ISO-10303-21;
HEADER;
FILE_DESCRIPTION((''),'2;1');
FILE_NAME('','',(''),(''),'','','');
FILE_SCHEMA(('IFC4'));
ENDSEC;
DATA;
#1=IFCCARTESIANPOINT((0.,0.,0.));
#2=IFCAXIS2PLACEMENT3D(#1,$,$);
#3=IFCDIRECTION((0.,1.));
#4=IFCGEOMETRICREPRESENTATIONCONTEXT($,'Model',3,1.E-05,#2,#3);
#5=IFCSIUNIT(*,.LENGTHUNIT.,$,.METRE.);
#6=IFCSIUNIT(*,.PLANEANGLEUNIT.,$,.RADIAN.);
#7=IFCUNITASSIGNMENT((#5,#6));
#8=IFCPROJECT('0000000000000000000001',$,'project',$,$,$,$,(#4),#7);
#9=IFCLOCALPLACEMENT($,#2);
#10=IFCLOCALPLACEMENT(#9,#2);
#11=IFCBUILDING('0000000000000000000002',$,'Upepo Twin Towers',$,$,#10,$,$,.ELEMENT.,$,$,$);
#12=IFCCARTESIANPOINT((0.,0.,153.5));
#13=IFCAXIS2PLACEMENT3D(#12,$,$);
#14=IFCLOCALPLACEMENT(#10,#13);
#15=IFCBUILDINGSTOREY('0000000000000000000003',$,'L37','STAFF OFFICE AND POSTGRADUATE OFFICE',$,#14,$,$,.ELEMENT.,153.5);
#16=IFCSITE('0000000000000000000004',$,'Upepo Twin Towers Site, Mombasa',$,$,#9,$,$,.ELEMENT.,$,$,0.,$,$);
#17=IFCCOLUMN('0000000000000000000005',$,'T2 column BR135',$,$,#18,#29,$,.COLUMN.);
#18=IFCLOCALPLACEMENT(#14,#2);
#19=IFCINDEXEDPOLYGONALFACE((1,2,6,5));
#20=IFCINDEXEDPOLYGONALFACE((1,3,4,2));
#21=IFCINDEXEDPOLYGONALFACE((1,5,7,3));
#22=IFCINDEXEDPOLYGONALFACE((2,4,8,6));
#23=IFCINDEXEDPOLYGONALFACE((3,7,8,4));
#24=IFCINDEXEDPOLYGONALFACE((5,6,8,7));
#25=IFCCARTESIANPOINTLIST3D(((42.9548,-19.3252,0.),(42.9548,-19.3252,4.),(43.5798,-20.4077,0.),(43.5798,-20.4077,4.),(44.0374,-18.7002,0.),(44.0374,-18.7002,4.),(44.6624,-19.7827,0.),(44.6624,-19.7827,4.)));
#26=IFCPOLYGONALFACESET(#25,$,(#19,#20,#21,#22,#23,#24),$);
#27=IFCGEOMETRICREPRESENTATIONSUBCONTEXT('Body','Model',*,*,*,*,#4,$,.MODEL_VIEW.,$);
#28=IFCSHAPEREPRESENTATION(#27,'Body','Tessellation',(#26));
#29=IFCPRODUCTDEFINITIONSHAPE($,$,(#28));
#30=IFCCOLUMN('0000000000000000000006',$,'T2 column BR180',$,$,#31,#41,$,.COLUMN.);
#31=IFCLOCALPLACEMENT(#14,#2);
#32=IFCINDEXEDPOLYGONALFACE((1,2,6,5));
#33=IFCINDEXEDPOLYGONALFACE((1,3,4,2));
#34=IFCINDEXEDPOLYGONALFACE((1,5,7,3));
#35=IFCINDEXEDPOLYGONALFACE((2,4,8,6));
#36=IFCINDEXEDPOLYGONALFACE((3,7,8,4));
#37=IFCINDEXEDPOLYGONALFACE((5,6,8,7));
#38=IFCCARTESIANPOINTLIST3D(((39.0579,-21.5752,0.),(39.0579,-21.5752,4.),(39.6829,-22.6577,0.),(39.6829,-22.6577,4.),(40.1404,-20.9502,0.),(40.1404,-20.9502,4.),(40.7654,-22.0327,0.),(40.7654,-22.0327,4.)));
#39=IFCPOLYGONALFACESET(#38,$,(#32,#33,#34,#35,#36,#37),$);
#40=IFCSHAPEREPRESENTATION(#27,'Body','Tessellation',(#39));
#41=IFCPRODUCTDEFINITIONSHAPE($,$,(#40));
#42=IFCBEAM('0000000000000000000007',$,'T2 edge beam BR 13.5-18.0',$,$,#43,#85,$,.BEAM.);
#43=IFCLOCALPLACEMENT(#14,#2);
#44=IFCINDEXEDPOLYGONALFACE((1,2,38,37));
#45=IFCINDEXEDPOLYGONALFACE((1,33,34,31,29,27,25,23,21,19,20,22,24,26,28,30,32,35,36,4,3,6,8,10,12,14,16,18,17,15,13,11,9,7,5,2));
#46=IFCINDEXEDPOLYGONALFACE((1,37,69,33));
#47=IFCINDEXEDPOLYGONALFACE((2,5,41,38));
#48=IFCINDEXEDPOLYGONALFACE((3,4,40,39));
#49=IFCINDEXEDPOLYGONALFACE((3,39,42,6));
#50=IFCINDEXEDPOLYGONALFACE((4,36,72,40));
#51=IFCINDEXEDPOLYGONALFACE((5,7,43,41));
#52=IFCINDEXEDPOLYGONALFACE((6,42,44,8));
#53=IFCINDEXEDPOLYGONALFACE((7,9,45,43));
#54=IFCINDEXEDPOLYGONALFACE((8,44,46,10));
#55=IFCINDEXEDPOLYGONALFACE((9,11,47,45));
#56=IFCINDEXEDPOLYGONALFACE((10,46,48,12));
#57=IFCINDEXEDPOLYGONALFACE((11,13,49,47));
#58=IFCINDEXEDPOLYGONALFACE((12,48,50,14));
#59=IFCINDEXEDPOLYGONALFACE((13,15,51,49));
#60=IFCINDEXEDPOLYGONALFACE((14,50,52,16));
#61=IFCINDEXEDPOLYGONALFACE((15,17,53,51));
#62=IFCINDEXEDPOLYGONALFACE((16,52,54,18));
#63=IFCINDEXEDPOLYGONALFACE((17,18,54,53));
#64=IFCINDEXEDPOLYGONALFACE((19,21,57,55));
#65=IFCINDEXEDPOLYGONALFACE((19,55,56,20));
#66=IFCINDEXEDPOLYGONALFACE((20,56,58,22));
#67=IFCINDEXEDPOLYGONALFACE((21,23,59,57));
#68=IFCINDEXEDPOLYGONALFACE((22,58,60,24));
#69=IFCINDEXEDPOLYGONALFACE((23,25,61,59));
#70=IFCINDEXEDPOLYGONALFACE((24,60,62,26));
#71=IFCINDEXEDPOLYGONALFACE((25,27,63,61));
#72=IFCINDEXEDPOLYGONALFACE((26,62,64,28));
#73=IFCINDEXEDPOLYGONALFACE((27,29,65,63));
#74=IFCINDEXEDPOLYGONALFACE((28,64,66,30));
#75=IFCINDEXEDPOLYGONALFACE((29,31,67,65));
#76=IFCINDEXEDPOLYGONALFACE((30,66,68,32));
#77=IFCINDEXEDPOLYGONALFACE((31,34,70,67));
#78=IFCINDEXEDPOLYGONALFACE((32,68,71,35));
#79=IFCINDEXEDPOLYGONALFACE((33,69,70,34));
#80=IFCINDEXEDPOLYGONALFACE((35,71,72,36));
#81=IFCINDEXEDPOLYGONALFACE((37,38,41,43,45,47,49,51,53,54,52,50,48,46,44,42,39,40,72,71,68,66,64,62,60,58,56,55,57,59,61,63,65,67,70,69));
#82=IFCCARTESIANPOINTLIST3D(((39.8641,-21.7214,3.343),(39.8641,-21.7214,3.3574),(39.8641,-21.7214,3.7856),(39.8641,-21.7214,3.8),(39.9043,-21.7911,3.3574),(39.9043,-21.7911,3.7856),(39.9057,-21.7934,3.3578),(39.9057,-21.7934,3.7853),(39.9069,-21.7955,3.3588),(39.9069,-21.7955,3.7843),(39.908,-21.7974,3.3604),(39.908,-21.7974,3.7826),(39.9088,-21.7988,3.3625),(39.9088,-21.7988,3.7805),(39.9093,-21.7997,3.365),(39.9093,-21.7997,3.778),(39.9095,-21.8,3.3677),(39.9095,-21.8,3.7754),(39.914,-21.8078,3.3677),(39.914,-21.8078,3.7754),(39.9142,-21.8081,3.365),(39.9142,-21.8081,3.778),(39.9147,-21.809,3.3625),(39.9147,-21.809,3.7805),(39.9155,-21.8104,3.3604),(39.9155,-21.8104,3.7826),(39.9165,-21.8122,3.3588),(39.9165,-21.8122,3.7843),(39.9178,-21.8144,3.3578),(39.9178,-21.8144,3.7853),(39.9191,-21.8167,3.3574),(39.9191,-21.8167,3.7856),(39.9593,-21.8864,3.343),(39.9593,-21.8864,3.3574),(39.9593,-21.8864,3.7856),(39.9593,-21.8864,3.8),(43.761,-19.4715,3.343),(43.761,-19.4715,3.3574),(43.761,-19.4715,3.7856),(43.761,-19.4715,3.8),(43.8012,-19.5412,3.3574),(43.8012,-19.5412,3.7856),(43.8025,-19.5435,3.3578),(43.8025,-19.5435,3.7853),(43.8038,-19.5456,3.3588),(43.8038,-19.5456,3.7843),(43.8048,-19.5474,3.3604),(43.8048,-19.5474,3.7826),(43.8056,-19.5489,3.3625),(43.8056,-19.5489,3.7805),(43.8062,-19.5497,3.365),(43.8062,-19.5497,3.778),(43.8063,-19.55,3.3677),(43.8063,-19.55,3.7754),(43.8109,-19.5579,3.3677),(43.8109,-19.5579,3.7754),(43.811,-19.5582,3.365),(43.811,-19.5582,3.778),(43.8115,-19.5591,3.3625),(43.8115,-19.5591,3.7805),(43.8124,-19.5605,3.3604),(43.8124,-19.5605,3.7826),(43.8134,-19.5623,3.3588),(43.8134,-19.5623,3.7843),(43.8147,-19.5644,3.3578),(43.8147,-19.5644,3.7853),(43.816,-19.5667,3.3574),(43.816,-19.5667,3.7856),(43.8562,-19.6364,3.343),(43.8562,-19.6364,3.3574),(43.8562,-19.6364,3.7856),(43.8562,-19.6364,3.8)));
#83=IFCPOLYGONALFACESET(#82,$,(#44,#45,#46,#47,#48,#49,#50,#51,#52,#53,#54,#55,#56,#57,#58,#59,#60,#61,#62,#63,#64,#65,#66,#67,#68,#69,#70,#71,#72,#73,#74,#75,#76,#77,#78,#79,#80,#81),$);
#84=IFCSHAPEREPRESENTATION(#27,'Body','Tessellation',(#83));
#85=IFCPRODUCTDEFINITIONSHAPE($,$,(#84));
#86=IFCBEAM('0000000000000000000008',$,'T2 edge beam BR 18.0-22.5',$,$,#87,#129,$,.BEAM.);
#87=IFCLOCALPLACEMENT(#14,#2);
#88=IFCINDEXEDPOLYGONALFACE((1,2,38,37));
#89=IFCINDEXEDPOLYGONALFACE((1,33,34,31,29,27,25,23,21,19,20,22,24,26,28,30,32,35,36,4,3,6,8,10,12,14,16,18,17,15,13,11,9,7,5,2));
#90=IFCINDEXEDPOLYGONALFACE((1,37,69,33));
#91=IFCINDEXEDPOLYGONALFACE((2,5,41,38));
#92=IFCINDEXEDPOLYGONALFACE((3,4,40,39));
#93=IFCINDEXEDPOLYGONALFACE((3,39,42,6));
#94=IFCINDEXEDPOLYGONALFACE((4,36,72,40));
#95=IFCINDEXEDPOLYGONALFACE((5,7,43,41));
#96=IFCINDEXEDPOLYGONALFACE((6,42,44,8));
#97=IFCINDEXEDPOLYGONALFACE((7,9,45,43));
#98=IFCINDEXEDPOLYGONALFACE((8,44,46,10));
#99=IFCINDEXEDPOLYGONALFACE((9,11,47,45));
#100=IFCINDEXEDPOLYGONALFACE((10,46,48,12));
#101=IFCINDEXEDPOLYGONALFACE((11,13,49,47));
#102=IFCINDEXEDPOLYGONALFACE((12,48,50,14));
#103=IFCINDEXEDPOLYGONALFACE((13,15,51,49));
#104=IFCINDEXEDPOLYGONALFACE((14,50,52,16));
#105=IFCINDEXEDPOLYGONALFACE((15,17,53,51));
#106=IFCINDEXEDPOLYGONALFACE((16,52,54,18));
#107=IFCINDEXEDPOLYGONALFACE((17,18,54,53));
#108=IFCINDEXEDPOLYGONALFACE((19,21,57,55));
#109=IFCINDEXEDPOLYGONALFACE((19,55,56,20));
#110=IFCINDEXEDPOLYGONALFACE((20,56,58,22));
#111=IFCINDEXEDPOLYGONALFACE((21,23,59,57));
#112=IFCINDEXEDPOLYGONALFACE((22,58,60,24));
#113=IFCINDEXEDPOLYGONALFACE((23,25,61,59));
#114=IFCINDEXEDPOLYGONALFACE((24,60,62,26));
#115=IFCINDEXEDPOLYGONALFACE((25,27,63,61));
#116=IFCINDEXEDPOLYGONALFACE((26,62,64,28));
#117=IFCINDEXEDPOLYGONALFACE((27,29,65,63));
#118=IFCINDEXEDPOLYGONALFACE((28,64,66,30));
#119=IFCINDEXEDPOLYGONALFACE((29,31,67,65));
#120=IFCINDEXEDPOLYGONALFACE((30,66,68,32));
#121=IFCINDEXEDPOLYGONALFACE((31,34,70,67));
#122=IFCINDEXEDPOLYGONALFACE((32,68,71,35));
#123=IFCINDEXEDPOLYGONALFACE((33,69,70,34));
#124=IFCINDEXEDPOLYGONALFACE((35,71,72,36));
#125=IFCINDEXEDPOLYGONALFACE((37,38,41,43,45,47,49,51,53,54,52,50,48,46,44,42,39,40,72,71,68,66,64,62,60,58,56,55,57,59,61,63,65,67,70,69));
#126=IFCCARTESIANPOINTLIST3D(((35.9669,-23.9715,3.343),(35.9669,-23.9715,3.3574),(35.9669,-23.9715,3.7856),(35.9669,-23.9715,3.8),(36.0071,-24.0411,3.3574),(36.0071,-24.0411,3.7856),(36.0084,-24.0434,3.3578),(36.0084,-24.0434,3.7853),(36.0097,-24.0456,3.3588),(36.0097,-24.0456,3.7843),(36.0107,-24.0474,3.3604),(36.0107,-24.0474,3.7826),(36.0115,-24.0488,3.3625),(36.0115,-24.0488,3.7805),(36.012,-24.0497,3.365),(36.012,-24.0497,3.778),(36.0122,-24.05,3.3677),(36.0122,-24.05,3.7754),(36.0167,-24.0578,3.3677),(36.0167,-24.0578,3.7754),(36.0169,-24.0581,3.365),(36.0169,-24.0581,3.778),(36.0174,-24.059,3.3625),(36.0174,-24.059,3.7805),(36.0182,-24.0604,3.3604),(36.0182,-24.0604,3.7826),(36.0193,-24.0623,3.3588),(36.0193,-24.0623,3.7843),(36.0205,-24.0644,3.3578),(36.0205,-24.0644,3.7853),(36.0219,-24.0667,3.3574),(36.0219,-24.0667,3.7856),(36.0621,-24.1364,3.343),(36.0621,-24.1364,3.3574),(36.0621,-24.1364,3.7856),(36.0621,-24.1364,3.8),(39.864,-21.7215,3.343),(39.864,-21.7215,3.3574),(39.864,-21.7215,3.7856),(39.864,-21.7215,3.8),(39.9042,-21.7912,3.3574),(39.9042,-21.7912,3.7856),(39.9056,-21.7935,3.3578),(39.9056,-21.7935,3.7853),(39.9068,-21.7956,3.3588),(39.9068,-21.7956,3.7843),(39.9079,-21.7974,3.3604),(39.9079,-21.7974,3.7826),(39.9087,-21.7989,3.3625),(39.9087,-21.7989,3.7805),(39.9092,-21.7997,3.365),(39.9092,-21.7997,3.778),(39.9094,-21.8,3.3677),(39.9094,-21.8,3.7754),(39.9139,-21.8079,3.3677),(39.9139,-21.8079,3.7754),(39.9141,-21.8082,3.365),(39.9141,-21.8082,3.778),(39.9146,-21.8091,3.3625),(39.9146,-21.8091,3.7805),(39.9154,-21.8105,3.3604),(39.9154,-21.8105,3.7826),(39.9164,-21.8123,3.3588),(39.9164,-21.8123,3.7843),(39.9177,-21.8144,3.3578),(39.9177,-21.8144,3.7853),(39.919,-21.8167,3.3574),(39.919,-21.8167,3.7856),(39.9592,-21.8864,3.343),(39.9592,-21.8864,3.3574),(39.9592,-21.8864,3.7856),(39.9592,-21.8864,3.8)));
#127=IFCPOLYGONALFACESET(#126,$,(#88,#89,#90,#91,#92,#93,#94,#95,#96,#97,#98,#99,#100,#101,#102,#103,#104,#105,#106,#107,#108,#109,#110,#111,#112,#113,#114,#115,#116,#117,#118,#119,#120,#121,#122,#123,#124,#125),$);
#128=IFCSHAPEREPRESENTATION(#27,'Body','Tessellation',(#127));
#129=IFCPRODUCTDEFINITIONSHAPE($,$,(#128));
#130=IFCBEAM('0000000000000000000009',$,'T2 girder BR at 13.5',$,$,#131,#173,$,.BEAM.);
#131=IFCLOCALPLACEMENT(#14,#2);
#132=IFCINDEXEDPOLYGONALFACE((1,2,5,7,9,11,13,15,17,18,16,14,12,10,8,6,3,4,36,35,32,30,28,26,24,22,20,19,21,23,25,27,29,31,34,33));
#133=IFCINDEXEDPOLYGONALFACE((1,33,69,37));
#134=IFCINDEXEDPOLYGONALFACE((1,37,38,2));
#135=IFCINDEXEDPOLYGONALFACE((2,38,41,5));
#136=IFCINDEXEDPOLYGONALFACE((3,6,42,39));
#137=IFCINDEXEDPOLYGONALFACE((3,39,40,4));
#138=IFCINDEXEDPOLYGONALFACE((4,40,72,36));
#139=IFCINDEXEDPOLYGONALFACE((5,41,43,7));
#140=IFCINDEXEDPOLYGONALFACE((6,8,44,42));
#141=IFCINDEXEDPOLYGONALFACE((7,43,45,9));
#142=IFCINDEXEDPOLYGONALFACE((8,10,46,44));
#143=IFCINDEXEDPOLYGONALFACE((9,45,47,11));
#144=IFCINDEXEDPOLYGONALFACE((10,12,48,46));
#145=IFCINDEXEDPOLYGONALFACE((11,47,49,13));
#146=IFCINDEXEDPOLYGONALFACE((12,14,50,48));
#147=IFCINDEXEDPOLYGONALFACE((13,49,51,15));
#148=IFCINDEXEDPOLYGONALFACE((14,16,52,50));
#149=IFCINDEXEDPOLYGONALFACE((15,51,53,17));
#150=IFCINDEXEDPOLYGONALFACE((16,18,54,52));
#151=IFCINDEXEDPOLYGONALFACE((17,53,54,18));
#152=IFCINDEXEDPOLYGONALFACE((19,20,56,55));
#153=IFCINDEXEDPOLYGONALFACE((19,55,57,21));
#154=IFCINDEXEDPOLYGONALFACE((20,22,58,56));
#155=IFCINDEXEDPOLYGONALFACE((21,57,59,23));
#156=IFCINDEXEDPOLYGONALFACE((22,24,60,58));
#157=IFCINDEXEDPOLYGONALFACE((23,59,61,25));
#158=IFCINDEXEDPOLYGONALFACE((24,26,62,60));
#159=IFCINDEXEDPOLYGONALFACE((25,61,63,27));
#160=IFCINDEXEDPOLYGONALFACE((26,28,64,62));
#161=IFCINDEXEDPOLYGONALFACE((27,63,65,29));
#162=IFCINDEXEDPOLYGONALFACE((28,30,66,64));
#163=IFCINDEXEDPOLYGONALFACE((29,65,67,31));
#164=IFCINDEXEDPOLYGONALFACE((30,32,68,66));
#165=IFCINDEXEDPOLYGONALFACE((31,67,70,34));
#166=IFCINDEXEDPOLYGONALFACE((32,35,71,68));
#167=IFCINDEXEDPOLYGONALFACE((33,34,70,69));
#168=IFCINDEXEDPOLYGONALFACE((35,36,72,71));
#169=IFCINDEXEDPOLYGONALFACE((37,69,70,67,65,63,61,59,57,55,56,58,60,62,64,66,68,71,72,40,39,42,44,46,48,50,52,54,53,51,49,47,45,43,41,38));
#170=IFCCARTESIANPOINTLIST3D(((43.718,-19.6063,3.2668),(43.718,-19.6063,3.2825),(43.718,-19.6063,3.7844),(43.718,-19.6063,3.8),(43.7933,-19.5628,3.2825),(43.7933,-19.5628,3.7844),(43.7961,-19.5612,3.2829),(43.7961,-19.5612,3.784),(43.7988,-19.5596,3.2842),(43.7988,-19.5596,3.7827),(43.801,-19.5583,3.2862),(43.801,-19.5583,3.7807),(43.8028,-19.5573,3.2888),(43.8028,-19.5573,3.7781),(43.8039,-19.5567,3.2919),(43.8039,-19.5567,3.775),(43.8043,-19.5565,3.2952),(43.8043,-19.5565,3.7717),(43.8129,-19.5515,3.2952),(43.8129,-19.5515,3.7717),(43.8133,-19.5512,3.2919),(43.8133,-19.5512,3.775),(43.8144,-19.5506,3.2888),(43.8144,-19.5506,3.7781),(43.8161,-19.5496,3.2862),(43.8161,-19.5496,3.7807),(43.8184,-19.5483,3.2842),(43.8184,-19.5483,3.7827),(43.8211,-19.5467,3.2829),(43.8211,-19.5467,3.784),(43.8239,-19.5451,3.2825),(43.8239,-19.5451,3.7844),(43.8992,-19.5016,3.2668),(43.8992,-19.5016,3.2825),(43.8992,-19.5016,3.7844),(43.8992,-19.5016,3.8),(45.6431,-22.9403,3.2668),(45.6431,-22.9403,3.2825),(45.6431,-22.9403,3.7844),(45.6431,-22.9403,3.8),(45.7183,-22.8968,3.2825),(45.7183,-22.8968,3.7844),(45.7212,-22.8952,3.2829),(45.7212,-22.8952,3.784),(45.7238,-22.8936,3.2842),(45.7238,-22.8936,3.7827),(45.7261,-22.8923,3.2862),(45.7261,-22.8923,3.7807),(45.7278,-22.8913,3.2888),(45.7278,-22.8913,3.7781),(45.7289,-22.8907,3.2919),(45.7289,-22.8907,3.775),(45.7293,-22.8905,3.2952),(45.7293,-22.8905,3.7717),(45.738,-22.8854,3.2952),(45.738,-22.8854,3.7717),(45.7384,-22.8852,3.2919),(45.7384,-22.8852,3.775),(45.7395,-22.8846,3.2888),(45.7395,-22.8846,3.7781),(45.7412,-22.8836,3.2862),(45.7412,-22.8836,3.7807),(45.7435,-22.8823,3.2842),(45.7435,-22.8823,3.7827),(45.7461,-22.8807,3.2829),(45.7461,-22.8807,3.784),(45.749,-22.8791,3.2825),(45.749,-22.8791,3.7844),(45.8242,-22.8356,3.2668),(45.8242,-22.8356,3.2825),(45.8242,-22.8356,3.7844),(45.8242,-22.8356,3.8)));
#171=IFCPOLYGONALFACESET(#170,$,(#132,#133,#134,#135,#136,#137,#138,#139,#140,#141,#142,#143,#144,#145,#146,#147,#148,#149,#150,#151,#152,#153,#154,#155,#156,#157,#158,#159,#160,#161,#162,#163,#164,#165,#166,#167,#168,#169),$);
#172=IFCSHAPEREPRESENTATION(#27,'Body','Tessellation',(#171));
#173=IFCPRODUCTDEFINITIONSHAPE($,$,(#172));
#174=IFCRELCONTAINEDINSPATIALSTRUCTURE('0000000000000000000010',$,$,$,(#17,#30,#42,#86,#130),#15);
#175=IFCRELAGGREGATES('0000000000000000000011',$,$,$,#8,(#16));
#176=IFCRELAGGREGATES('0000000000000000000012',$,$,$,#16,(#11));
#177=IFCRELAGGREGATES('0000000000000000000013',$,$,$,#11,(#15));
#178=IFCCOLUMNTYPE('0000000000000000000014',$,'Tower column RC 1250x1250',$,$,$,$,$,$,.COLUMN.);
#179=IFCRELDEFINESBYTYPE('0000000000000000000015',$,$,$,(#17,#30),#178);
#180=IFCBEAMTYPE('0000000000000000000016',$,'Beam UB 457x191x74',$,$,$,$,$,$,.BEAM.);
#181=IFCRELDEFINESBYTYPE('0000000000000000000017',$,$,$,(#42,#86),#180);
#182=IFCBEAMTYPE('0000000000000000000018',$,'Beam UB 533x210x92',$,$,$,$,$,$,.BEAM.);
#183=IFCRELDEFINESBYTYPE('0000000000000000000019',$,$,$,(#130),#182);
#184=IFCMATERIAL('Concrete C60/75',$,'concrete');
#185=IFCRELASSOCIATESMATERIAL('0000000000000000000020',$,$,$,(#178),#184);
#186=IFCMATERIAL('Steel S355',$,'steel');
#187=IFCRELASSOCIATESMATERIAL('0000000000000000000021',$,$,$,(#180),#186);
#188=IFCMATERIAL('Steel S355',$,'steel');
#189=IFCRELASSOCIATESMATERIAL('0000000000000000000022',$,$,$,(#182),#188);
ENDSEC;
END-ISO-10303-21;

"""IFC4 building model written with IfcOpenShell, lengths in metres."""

from ifc_helpers import new_model, si_unit, direction, frame, origin, origin_2d, place, context, subcontext, project, spatial, rectangle, i_section, extrude, material, material_profile, profile_set, type_object, element, save


model = new_model("IFC4")

# Units and contexts
model_context = context("Model", 3, precision=1e-05, world=origin(), true_north=direction((0.0, 1.0)))
body_context = subcontext(model_context, "Body", "Model", "MODEL_VIEW")
ifc_project = project(units=[si_unit("LENGTHUNIT", "METRE"), si_unit("PLANEANGLEUNIT", "RADIAN")], contexts=[model_context])

# Site, building, storey
site_placement = place(None, origin())
site = spatial("IfcSite", under=ifc_project, at=site_placement, Name="Upepo Twin Towers Site, Mombasa", CompositionType="ELEMENT", RefElevation=0.0)
building_placement = place(site_placement, origin())
building = spatial("IfcBuilding", under=site, at=building_placement, Name="Upepo Twin Towers", CompositionType="ELEMENT")
storey_placement = place(building_placement, frame((0.0, 0.0, 153.5)))
storey = spatial("IfcBuildingStorey", under=building, at=storey_placement, Name="L37", Description="STAFF OFFICE AND POSTGRADUATE OFFICE", CompositionType="ELEMENT", Elevation=153.5)

# Columns
ifc_material_1 = material(Name="Concrete C60/75", Category="concrete")
ifc_material_profile_1 = material_profile(ifc_material_1, rectangle(XDim=1.25, YDim=1.25, at=origin_2d()), Name="RC 1250x1250")
ifc_profile_set_1 = profile_set([ifc_material_profile_1], Name="Concrete C60/75")
column_type = type_object("IfcColumnType", Name="Tower column RC 1250x1250", PredefinedType="COLUMN", material=ifc_profile_set_1)
for number, where, z_axis, x_axis, name in (
    (1, (43.8086, -19.554, 0.0), (0.0, 0.0, 1.0), (0.866025, 0.5, 0.0), "T2 column BR135"),
    (2, (39.9116, -21.804, 0.0), (0.0, 0.0, 1.0), (0.866025, 0.5, 0.0), "T2 column BR180"),
):
    element("IfcColumn", number, at=place(storey_placement, frame(where, z_axis=z_axis, x_axis=x_axis)), inside=storey, type_object=column_type, Name=name, PredefinedType="COLUMN", context=body_context, shape_type="SweptSolid", body=[
        extrude(rectangle(XDim=1.25, YDim=1.25, at=origin_2d()), origin(), (0.0, 0.0, 1.0), 4.0),
    ])

# Beams
ifc_material_2 = material(Name="Steel S355", Category="steel")
ifc_material_profile_2 = material_profile(ifc_material_2, i_section(OverallWidth=0.1904, OverallDepth=0.457, WebThickness=0.009, FlangeThickness=0.0144, FilletRadius=0.0103, at=origin_2d()), Name="UB 457x191x74")
ifc_profile_set_2 = profile_set([ifc_material_profile_2], Name="Steel S355")
beam_type_1 = type_object("IfcBeamType", Name="Beam UB 457x191x74", PredefinedType="BEAM", material=ifc_profile_set_2)
beam_1_placement = place(storey_placement, frame((43.8086, -19.554, 3.5715), z_axis=(-0.866018, -0.500014, 0.0), x_axis=(0.500014, -0.866018, 0.0)))
element("IfcBeam", 3, at=beam_1_placement, inside=storey, type_object=beam_type_1, Name="T2 edge beam BR 13.5-18.0", PredefinedType="BEAM", context=body_context, shape_type="SweptSolid", body=[
    extrude(i_section(OverallWidth=0.1904, OverallDepth=0.457, WebThickness=0.009, FlangeThickness=0.0144, FilletRadius=0.0103, at=origin_2d()), origin(), (0.0, 0.0, 1.0), 4.4998),
])
beam_2_placement = place(storey_placement, frame((39.9116, -21.804, 3.5715), z_axis=(-0.866031, -0.49999, 0.0), x_axis=(0.49999, -0.866031, 0.0)))
element("IfcBeam", 4, at=beam_2_placement, inside=storey, type_object=beam_type_1, Name="T2 edge beam BR 18.0-22.5", PredefinedType="BEAM", context=body_context, shape_type="SweptSolid", body=[
    extrude(i_section(OverallWidth=0.1904, OverallDepth=0.457, WebThickness=0.009, FlangeThickness=0.0144, FilletRadius=0.0103, at=origin_2d()), origin(), (0.0, 0.0, 1.0), 4.5),
])
ifc_material_3 = material(Name="Steel S355", Category="steel")
ifc_material_profile_3 = material_profile(ifc_material_3, i_section(OverallWidth=0.2092, OverallDepth=0.5332, WebThickness=0.01, FlangeThickness=0.0156, FilletRadius=0.0127, at=origin_2d()), Name="UB 533x210x92")
ifc_profile_set_3 = profile_set([ifc_material_profile_3], Name="Steel S355")
beam_type_2 = type_object("IfcBeamType", Name="Beam UB 533x210x92", PredefinedType="BEAM", material=ifc_profile_set_3)
beam_3_placement = place(storey_placement, frame((43.8086, -19.554, 3.5334), z_axis=(0.500034, -0.866006, 0.0), x_axis=(0.866006, 0.500034, 0.0)))
element("IfcBeam", 5, at=beam_3_placement, inside=storey, type_object=beam_type_2, Name="T2 girder BR at 13.5", PredefinedType="BEAM", context=body_context, shape_type="SweptSolid", body=[
    extrude(i_section(OverallWidth=0.2092, OverallDepth=0.5332, WebThickness=0.01, FlangeThickness=0.0156, FilletRadius=0.0127, at=origin_2d()), origin(), (0.0, 0.0, 1.0), 3.8499),
])

save(model, "model.ifc")
